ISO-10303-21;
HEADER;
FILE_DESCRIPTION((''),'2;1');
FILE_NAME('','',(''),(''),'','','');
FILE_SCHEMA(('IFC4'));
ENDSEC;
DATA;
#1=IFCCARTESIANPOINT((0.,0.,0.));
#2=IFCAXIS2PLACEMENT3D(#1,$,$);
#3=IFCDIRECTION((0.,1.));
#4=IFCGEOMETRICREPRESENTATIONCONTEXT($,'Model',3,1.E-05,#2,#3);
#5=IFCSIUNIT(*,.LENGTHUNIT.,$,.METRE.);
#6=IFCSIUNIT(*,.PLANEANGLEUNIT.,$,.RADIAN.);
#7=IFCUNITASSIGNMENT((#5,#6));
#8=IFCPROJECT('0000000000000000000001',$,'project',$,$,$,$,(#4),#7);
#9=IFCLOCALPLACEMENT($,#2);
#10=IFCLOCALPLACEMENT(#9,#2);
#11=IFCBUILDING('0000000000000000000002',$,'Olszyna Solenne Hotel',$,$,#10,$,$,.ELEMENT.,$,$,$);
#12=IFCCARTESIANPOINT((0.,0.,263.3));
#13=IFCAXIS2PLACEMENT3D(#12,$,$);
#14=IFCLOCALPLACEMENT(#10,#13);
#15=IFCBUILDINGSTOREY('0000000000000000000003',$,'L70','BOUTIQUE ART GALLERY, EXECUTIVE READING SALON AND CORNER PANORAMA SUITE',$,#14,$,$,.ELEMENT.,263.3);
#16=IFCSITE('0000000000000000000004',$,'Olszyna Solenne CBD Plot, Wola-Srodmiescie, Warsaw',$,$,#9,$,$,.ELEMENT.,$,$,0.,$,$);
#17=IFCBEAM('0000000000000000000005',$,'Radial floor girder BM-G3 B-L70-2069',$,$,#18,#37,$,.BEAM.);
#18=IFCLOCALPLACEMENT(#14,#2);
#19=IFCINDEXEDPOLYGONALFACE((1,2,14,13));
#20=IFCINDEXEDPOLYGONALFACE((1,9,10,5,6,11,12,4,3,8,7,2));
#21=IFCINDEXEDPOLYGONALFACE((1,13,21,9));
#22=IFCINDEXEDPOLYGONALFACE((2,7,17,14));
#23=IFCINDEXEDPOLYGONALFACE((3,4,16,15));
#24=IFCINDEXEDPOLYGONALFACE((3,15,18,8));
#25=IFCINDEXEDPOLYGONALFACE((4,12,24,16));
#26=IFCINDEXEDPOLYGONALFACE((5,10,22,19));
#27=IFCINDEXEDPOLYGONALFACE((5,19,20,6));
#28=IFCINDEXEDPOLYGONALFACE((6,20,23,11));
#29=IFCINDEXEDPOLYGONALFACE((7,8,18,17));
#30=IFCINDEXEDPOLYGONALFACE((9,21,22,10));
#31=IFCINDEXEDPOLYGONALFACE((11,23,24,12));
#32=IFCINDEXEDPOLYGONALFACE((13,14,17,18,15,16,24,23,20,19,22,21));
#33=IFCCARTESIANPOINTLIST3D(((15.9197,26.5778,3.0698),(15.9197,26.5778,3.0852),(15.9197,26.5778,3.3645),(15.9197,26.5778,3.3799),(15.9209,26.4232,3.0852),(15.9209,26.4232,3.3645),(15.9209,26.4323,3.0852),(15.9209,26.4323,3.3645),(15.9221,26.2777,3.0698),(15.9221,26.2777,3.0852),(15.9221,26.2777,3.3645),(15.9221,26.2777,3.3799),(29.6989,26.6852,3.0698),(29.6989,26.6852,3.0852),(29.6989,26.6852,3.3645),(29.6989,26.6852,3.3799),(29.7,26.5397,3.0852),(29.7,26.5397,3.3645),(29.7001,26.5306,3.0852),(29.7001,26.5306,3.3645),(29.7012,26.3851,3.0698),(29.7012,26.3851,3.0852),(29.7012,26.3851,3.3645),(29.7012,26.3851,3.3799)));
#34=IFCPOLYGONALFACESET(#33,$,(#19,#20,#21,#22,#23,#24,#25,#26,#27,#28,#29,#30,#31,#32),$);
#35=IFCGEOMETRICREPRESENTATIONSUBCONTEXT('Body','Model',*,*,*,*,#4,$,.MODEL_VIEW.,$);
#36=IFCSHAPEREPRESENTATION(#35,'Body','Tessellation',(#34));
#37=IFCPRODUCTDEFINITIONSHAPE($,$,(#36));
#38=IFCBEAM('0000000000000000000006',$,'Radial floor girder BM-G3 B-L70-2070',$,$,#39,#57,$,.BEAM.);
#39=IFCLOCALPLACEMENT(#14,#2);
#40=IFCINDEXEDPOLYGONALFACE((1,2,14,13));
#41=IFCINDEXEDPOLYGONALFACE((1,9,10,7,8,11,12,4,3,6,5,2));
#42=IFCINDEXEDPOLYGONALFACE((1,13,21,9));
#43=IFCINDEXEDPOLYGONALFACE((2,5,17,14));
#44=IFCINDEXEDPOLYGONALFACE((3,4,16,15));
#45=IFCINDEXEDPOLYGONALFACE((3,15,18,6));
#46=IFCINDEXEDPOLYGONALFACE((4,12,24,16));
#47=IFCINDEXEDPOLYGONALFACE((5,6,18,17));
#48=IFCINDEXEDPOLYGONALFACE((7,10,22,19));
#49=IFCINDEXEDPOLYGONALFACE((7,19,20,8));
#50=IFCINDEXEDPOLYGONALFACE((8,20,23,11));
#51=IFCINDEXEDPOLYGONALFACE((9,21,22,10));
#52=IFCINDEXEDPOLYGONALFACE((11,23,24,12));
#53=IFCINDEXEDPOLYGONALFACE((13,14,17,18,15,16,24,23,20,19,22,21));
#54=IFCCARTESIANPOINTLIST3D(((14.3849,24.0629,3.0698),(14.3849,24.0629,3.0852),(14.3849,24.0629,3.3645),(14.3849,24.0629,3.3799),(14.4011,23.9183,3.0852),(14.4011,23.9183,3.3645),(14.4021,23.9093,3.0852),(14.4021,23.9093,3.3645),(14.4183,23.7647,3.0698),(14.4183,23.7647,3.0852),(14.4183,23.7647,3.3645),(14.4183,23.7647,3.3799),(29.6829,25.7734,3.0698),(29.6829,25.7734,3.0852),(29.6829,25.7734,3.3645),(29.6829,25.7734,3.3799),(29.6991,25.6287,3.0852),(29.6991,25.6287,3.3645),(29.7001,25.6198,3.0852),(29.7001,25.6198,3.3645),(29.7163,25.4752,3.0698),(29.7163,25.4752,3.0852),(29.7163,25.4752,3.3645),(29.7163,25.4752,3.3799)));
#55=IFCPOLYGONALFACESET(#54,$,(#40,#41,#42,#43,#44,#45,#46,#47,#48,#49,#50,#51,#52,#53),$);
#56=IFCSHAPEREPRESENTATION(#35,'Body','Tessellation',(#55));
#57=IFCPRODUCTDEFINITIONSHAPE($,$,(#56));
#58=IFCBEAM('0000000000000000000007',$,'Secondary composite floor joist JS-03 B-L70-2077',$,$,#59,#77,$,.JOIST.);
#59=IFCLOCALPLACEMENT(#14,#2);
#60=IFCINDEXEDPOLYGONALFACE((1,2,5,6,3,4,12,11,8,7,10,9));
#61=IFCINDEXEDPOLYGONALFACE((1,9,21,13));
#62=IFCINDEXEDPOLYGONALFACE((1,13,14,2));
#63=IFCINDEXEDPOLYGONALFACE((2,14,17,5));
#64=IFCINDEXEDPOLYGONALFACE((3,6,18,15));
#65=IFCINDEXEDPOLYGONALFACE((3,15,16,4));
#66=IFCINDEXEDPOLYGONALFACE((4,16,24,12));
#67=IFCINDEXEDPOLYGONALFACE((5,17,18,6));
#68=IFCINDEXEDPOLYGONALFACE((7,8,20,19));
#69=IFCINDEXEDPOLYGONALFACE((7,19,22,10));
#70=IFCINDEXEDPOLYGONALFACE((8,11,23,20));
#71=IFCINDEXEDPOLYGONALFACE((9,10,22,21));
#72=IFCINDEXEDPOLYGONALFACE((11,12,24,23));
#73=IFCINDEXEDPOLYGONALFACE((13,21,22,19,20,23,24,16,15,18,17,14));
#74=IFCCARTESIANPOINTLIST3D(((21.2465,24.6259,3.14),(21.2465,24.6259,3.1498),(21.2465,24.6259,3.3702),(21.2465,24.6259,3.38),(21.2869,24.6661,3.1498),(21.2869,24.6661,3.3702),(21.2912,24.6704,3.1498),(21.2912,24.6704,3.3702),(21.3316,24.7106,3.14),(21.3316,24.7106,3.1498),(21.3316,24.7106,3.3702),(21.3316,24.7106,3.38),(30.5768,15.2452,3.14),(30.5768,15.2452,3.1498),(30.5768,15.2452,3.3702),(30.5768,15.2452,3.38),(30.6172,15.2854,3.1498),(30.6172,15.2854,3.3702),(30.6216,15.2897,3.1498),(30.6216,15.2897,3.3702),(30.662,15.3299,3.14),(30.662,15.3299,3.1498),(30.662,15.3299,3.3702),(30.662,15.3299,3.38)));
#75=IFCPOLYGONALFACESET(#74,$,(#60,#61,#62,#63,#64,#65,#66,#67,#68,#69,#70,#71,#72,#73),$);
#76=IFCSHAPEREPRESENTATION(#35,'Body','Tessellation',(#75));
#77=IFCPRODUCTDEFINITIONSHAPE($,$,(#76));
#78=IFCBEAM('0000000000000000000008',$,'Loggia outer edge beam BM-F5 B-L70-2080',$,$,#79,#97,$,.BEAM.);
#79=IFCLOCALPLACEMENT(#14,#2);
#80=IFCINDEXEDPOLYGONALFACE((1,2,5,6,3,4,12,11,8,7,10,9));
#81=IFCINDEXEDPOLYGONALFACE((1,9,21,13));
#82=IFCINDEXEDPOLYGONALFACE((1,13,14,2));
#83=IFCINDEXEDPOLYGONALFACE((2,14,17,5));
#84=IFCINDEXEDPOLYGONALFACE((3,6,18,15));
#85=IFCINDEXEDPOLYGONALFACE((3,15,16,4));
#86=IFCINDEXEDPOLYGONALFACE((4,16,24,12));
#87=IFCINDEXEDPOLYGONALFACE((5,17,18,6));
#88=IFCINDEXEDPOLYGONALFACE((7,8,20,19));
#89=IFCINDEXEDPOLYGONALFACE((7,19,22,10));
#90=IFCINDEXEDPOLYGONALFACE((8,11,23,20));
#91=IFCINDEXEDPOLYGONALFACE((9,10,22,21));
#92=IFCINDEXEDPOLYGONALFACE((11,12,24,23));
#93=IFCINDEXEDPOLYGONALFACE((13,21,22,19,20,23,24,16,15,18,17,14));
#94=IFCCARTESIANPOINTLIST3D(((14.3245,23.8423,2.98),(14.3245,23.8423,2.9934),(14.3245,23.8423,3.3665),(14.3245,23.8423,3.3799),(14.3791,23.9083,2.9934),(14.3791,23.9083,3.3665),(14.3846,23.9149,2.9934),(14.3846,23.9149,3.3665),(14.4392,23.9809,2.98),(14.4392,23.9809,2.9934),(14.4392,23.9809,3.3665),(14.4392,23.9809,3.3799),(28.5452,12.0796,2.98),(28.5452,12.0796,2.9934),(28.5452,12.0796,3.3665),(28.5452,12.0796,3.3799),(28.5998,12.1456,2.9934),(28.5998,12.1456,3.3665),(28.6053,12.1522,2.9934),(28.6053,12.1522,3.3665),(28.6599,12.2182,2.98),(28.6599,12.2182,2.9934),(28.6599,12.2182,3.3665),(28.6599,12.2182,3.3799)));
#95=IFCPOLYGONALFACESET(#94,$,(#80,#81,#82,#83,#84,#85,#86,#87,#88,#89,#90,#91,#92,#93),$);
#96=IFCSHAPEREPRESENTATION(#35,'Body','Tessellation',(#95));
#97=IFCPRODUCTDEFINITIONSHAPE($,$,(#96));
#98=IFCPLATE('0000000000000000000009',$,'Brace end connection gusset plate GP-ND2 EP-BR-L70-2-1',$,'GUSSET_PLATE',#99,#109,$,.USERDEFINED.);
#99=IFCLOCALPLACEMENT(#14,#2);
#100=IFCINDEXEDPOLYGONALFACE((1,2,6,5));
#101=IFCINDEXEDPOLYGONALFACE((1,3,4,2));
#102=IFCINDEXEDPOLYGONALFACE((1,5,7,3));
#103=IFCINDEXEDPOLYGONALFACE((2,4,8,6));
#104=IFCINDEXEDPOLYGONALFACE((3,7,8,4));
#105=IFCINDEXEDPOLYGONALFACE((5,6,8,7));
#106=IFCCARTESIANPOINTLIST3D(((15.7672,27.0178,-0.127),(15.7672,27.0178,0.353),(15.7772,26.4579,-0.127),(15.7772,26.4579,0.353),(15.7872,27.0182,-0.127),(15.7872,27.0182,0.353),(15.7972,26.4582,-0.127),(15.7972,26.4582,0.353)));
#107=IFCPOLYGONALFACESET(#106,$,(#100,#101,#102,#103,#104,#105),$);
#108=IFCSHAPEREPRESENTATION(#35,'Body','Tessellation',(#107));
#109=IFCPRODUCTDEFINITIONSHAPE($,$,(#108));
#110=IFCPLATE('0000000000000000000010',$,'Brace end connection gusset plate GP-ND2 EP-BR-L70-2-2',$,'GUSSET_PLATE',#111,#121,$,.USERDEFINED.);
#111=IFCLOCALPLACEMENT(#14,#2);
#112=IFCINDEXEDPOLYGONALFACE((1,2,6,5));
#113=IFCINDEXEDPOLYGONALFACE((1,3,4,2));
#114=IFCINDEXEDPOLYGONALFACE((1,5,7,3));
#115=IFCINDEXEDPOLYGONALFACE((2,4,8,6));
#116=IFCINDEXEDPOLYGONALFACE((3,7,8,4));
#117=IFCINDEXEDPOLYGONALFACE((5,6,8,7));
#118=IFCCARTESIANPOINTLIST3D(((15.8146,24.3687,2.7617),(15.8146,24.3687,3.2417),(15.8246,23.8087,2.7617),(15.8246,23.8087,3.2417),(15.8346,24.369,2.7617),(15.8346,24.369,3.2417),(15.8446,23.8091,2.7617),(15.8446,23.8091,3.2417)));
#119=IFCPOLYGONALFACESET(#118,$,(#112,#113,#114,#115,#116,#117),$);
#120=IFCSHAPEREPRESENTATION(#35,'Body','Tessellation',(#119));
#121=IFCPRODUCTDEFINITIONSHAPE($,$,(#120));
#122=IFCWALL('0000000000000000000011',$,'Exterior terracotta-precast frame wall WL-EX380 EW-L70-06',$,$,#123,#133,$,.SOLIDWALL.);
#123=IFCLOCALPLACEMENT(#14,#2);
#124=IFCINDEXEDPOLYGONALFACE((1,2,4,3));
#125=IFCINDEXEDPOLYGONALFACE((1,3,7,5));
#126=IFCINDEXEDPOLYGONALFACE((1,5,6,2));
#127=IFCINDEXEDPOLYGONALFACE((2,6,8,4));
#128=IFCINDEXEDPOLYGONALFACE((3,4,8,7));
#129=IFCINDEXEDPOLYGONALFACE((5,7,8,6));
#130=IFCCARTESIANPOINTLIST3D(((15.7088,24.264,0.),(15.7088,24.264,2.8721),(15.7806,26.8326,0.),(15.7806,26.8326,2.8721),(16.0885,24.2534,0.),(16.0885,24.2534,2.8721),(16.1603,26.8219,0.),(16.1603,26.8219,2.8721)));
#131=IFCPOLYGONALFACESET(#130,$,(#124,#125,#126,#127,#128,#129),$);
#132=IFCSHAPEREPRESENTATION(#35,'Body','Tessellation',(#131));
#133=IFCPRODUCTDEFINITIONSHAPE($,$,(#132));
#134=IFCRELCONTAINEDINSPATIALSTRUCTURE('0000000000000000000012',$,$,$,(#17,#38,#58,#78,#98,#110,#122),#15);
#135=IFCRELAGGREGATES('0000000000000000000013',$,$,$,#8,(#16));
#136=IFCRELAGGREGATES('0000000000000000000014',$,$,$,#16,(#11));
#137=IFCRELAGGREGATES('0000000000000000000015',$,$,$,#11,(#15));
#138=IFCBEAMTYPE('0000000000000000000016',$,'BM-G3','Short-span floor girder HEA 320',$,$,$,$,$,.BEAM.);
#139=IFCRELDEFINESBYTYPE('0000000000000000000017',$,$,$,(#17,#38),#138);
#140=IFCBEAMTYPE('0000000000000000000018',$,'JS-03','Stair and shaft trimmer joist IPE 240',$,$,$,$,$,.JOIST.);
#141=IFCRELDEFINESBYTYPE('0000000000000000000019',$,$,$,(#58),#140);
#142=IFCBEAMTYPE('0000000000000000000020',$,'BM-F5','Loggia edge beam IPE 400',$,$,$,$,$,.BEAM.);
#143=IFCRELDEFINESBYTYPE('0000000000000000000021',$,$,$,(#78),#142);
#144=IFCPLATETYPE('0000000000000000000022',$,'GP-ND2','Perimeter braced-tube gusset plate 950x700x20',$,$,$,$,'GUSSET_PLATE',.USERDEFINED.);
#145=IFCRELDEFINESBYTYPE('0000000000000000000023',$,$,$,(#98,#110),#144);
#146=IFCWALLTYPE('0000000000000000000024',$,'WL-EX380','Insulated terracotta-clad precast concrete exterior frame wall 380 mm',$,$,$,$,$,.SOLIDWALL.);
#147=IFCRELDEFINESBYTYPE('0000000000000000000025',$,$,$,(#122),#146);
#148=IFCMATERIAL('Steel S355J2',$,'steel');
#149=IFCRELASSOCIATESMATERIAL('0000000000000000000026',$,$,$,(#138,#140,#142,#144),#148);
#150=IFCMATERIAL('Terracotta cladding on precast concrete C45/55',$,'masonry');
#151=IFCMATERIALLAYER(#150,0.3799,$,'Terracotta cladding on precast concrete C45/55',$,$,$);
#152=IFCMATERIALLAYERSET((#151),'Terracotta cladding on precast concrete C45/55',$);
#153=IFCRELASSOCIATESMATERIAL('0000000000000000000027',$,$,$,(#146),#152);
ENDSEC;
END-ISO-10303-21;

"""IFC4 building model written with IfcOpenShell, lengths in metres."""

from ifc_helpers import new_model, si_unit, direction, frame, frame_2d, origin, origin_2d, place, context, subcontext, project, spatial, rectangle, i_section, extrude, source, transform, mapped, material, layer, layer_set, material_profile, profile_set, type_object, element, save


model = new_model("IFC4")

# Units and contexts
model_context = context("Model", 3, precision=1e-05, world=origin(), true_north=direction((0.0, 1.0)))
body_context = subcontext(model_context, "Body", "Model", "MODEL_VIEW")
ifc_project = project(units=[si_unit("LENGTHUNIT", "METRE"), si_unit("PLANEANGLEUNIT", "RADIAN")], contexts=[model_context])

# Site, building, storey
site_placement = place(None, origin())
site = spatial("IfcSite", under=ifc_project, at=site_placement, Name="Olszyna Solenne CBD Plot, Wola-Srodmiescie, Warsaw", CompositionType="ELEMENT", RefElevation=0.0)
building_placement = place(site_placement, origin())
building = spatial("IfcBuilding", under=site, at=building_placement, Name="Olszyna Solenne Hotel", CompositionType="ELEMENT")
storey_placement = place(building_placement, frame((0.0, 0.0, 263.3)))
storey = spatial("IfcBuildingStorey", under=building, at=storey_placement, Name="L70", Description="BOUTIQUE ART GALLERY, EXECUTIVE READING SALON AND CORNER PANORAMA SUITE", CompositionType="ELEMENT", Elevation=263.3)

# Beams
ifc_material_1 = material(Name="Steel S355J2", Category="steel")
ifc_material_profile_1 = material_profile(ifc_material_1, i_section(OverallWidth=0.3, OverallDepth=0.3101, WebThickness=0.009, FlangeThickness=0.0154, at=origin_2d()), Name="HEA 320", Category="load-bearing")
ifc_profile_set_1 = profile_set([ifc_material_profile_1], Name="Steel S355J2")
beam_type_1 = type_object("IfcBeamType", Name="BM-G3", Description="Short-span floor girder HEA 320", PredefinedType="BEAM", material=ifc_profile_set_1)
shared_shape_1 = source(origin(), body_context, "Body", "SweptSolid", [
    extrude(i_section(OverallWidth=0.3, OverallDepth=0.3101, WebThickness=0.009, FlangeThickness=0.0154, at=origin_2d()), origin(), (0.0, 0.0, 1.0), 13.7795),
])
beam_1_placement = place(storey_placement, frame((15.9209, 26.4277, 3.2249), z_axis=(0.99997, 0.007796, 0.0), x_axis=(-0.007796, 0.99997, 0.0)))
element("IfcBeam", 1, at=beam_1_placement, inside=storey, type_object=beam_type_1, Name="Radial floor girder BM-G3 B-L70-2069", PredefinedType="BEAM", context=body_context, shape_type="MappedRepresentation", body=[
    mapped(shared_shape_1, transform((0.0, 0.0, 0.0), x_axis=(1.0, 0.0, 0.0), y_axis=(0.0, 1.0, 0.0), z_axis=(0.0, 0.0, 1.0), scale=1.0)),
])
shared_shape_2 = source(origin(), body_context, "Body", "SweptSolid", [
    extrude(i_section(OverallWidth=0.3, OverallDepth=0.3101, WebThickness=0.009, FlangeThickness=0.0154, at=origin_2d()), origin(), (0.0, 0.0, 1.0), 15.3933),
])
beam_2_placement = place(storey_placement, frame((14.4016, 23.9138, 3.2249), z_axis=(0.993807, 0.111116, 0.0), x_axis=(-0.111116, 0.993807, 0.0)))
element("IfcBeam", 2, at=beam_2_placement, inside=storey, type_object=beam_type_1, Name="Radial floor girder BM-G3 B-L70-2070", PredefinedType="BEAM", context=body_context, shape_type="MappedRepresentation", body=[
    mapped(shared_shape_2, transform((0.0, 0.0, 0.0), x_axis=(1.0, 0.0, 0.0), y_axis=(0.0, 1.0, 0.0), z_axis=(0.0, 0.0, 1.0), scale=1.0)),
])
ifc_material_profile_2 = material_profile(ifc_material_1, i_section(OverallWidth=0.1201, OverallDepth=0.24, WebThickness=0.0061, FlangeThickness=0.0098, at=origin_2d()), Name="IPE 240", Category="load-bearing")
ifc_profile_set_2 = profile_set([ifc_material_profile_2], Name="Steel S355J2")
beam_type_2 = type_object("IfcBeamType", Name="JS-03", Description="Stair and shaft trimmer joist IPE 240", PredefinedType="JOIST", material=ifc_profile_set_2)
shared_shape_3 = source(origin(), body_context, "Body", "SweptSolid", [
    extrude(i_section(OverallWidth=0.1201, OverallDepth=0.24, WebThickness=0.0061, FlangeThickness=0.0098, at=origin_2d()), origin(), (0.0, 0.0, 1.0), 13.2307),
])
beam_3_placement = place(storey_placement, frame((21.2891, 24.6682, 3.26), z_axis=(0.705204, -0.709005, 0.0), x_axis=(0.709005, 0.705204, 0.0)))
element("IfcBeam", 3, at=beam_3_placement, inside=storey, type_object=beam_type_2, Name="Secondary composite floor joist JS-03 B-L70-2077", PredefinedType="JOIST", context=body_context, shape_type="MappedRepresentation", body=[
    mapped(shared_shape_3, transform((0.0, 0.0, 0.0), x_axis=(1.0, 0.0, 0.0), y_axis=(0.0, 1.0, 0.0), z_axis=(0.0, 0.0, 1.0), scale=1.0)),
])
ifc_material_profile_3 = material_profile(ifc_material_1, i_section(OverallWidth=0.1799, OverallDepth=0.3999, WebThickness=0.0085, FlangeThickness=0.0134, at=origin_2d()), Name="IPE 400", Category="load-bearing")
ifc_profile_set_3 = profile_set([ifc_material_profile_3], Name="Steel S355J2")
beam_type_3 = type_object("IfcBeamType", Name="BM-F5", Description="Loggia edge beam IPE 400", PredefinedType="BEAM", material=ifc_profile_set_3)
shared_shape_4 = source(origin(), body_context, "Body", "SweptSolid", [
    extrude(i_section(OverallWidth=0.1799, OverallDepth=0.3999, WebThickness=0.0085, FlangeThickness=0.0134, at=origin_2d()), origin(), (0.0, 0.0, 1.0), 18.4551),
])
beam_4_placement = place(storey_placement, frame((14.3818, 23.9116, 3.1799), z_axis=(0.770558, -0.63737, 0.0), x_axis=(0.63737, 0.770558, 0.0)))
element("IfcBeam", 4, at=beam_4_placement, inside=storey, type_object=beam_type_3, Name="Loggia outer edge beam BM-F5 B-L70-2080", PredefinedType="BEAM", context=body_context, shape_type="MappedRepresentation", body=[
    mapped(shared_shape_4, transform((0.0, 0.0, 0.0), x_axis=(1.0, 0.0, 0.0), y_axis=(0.0, 1.0, 0.0), z_axis=(0.0, 0.0, 1.0), scale=1.0)),
])

# Plates
plate_type = type_object("IfcPlateType", Name="GP-ND2", Description="Perimeter braced-tube gusset plate 950x700x20", ElementType="GUSSET_PLATE", PredefinedType="USERDEFINED", material=ifc_material_1)
shared_shape_5 = source(origin(), body_context, "Body", "SweptSolid", [
    extrude(rectangle(XDim=0.5601, YDim=0.02, at=origin_2d()), origin(), (0.0, 0.0, 1.0), 0.48),
])
for number, where, z_axis, x_axis, name in (
    (5, (15.7822, 26.738, -0.127), (0.0, 0.0, 1.0), (0.017801, -0.999842, 0.0), "Brace end connection gusset plate GP-ND2 EP-BR-L70-2-1"),
    (6, (15.8296, 24.0889, 2.7617), (0.0, 0.0, 1.0), (0.017801, -0.999842, 0.0), "Brace end connection gusset plate GP-ND2 EP-BR-L70-2-2"),
):
    element("IfcPlate", number, at=place(storey_placement, frame(where, z_axis=z_axis, x_axis=x_axis)), inside=storey, type_object=plate_type, Name=name, ObjectType="GUSSET_PLATE", PredefinedType="USERDEFINED", context=body_context, shape_type="MappedRepresentation", body=[
        mapped(shared_shape_5, transform((0.0, 0.0, 0.0), x_axis=(1.0, 0.0, 0.0), y_axis=(0.0, 1.0, 0.0), z_axis=(0.0, 0.0, 1.0), scale=1.0)),
    ])

# Wall
ifc_material_2 = material(Name="Terracotta cladding on precast concrete C45/55", Category="masonry")
ifc_layer_1 = layer(ifc_material_2, 0.3799, Name="Terracotta cladding on precast concrete C45/55")
ifc_layer_set_1 = layer_set([ifc_layer_1], Name="Terracotta cladding on precast concrete C45/55")
wall_type_1 = type_object("IfcWallType", Name="WL-EX380", Description="Insulated terracotta-clad precast concrete exterior frame wall 380 mm", PredefinedType="SOLIDWALL", material=ifc_layer_set_1)
wall_1_placement = place(storey_placement, frame((15.8987, 24.2588, 0.0), z_axis=(0.0, 0.0, 1.0), x_axis=(0.027933, 0.99961, 0.0)))
element("IfcWall", 7, at=wall_1_placement, inside=storey, type_object=wall_type_1, Name="Exterior terracotta-precast frame wall WL-EX380 EW-L70-06", PredefinedType="SOLIDWALL", context=body_context, shape_type="SweptSolid", body=[
    extrude(rectangle(XDim=2.5696, YDim=0.3799, at=frame_2d((1.2847, 0.0))), origin(), (0.0, 0.0, 1.0), 2.8721),
])

save(model, "model.ifc")
